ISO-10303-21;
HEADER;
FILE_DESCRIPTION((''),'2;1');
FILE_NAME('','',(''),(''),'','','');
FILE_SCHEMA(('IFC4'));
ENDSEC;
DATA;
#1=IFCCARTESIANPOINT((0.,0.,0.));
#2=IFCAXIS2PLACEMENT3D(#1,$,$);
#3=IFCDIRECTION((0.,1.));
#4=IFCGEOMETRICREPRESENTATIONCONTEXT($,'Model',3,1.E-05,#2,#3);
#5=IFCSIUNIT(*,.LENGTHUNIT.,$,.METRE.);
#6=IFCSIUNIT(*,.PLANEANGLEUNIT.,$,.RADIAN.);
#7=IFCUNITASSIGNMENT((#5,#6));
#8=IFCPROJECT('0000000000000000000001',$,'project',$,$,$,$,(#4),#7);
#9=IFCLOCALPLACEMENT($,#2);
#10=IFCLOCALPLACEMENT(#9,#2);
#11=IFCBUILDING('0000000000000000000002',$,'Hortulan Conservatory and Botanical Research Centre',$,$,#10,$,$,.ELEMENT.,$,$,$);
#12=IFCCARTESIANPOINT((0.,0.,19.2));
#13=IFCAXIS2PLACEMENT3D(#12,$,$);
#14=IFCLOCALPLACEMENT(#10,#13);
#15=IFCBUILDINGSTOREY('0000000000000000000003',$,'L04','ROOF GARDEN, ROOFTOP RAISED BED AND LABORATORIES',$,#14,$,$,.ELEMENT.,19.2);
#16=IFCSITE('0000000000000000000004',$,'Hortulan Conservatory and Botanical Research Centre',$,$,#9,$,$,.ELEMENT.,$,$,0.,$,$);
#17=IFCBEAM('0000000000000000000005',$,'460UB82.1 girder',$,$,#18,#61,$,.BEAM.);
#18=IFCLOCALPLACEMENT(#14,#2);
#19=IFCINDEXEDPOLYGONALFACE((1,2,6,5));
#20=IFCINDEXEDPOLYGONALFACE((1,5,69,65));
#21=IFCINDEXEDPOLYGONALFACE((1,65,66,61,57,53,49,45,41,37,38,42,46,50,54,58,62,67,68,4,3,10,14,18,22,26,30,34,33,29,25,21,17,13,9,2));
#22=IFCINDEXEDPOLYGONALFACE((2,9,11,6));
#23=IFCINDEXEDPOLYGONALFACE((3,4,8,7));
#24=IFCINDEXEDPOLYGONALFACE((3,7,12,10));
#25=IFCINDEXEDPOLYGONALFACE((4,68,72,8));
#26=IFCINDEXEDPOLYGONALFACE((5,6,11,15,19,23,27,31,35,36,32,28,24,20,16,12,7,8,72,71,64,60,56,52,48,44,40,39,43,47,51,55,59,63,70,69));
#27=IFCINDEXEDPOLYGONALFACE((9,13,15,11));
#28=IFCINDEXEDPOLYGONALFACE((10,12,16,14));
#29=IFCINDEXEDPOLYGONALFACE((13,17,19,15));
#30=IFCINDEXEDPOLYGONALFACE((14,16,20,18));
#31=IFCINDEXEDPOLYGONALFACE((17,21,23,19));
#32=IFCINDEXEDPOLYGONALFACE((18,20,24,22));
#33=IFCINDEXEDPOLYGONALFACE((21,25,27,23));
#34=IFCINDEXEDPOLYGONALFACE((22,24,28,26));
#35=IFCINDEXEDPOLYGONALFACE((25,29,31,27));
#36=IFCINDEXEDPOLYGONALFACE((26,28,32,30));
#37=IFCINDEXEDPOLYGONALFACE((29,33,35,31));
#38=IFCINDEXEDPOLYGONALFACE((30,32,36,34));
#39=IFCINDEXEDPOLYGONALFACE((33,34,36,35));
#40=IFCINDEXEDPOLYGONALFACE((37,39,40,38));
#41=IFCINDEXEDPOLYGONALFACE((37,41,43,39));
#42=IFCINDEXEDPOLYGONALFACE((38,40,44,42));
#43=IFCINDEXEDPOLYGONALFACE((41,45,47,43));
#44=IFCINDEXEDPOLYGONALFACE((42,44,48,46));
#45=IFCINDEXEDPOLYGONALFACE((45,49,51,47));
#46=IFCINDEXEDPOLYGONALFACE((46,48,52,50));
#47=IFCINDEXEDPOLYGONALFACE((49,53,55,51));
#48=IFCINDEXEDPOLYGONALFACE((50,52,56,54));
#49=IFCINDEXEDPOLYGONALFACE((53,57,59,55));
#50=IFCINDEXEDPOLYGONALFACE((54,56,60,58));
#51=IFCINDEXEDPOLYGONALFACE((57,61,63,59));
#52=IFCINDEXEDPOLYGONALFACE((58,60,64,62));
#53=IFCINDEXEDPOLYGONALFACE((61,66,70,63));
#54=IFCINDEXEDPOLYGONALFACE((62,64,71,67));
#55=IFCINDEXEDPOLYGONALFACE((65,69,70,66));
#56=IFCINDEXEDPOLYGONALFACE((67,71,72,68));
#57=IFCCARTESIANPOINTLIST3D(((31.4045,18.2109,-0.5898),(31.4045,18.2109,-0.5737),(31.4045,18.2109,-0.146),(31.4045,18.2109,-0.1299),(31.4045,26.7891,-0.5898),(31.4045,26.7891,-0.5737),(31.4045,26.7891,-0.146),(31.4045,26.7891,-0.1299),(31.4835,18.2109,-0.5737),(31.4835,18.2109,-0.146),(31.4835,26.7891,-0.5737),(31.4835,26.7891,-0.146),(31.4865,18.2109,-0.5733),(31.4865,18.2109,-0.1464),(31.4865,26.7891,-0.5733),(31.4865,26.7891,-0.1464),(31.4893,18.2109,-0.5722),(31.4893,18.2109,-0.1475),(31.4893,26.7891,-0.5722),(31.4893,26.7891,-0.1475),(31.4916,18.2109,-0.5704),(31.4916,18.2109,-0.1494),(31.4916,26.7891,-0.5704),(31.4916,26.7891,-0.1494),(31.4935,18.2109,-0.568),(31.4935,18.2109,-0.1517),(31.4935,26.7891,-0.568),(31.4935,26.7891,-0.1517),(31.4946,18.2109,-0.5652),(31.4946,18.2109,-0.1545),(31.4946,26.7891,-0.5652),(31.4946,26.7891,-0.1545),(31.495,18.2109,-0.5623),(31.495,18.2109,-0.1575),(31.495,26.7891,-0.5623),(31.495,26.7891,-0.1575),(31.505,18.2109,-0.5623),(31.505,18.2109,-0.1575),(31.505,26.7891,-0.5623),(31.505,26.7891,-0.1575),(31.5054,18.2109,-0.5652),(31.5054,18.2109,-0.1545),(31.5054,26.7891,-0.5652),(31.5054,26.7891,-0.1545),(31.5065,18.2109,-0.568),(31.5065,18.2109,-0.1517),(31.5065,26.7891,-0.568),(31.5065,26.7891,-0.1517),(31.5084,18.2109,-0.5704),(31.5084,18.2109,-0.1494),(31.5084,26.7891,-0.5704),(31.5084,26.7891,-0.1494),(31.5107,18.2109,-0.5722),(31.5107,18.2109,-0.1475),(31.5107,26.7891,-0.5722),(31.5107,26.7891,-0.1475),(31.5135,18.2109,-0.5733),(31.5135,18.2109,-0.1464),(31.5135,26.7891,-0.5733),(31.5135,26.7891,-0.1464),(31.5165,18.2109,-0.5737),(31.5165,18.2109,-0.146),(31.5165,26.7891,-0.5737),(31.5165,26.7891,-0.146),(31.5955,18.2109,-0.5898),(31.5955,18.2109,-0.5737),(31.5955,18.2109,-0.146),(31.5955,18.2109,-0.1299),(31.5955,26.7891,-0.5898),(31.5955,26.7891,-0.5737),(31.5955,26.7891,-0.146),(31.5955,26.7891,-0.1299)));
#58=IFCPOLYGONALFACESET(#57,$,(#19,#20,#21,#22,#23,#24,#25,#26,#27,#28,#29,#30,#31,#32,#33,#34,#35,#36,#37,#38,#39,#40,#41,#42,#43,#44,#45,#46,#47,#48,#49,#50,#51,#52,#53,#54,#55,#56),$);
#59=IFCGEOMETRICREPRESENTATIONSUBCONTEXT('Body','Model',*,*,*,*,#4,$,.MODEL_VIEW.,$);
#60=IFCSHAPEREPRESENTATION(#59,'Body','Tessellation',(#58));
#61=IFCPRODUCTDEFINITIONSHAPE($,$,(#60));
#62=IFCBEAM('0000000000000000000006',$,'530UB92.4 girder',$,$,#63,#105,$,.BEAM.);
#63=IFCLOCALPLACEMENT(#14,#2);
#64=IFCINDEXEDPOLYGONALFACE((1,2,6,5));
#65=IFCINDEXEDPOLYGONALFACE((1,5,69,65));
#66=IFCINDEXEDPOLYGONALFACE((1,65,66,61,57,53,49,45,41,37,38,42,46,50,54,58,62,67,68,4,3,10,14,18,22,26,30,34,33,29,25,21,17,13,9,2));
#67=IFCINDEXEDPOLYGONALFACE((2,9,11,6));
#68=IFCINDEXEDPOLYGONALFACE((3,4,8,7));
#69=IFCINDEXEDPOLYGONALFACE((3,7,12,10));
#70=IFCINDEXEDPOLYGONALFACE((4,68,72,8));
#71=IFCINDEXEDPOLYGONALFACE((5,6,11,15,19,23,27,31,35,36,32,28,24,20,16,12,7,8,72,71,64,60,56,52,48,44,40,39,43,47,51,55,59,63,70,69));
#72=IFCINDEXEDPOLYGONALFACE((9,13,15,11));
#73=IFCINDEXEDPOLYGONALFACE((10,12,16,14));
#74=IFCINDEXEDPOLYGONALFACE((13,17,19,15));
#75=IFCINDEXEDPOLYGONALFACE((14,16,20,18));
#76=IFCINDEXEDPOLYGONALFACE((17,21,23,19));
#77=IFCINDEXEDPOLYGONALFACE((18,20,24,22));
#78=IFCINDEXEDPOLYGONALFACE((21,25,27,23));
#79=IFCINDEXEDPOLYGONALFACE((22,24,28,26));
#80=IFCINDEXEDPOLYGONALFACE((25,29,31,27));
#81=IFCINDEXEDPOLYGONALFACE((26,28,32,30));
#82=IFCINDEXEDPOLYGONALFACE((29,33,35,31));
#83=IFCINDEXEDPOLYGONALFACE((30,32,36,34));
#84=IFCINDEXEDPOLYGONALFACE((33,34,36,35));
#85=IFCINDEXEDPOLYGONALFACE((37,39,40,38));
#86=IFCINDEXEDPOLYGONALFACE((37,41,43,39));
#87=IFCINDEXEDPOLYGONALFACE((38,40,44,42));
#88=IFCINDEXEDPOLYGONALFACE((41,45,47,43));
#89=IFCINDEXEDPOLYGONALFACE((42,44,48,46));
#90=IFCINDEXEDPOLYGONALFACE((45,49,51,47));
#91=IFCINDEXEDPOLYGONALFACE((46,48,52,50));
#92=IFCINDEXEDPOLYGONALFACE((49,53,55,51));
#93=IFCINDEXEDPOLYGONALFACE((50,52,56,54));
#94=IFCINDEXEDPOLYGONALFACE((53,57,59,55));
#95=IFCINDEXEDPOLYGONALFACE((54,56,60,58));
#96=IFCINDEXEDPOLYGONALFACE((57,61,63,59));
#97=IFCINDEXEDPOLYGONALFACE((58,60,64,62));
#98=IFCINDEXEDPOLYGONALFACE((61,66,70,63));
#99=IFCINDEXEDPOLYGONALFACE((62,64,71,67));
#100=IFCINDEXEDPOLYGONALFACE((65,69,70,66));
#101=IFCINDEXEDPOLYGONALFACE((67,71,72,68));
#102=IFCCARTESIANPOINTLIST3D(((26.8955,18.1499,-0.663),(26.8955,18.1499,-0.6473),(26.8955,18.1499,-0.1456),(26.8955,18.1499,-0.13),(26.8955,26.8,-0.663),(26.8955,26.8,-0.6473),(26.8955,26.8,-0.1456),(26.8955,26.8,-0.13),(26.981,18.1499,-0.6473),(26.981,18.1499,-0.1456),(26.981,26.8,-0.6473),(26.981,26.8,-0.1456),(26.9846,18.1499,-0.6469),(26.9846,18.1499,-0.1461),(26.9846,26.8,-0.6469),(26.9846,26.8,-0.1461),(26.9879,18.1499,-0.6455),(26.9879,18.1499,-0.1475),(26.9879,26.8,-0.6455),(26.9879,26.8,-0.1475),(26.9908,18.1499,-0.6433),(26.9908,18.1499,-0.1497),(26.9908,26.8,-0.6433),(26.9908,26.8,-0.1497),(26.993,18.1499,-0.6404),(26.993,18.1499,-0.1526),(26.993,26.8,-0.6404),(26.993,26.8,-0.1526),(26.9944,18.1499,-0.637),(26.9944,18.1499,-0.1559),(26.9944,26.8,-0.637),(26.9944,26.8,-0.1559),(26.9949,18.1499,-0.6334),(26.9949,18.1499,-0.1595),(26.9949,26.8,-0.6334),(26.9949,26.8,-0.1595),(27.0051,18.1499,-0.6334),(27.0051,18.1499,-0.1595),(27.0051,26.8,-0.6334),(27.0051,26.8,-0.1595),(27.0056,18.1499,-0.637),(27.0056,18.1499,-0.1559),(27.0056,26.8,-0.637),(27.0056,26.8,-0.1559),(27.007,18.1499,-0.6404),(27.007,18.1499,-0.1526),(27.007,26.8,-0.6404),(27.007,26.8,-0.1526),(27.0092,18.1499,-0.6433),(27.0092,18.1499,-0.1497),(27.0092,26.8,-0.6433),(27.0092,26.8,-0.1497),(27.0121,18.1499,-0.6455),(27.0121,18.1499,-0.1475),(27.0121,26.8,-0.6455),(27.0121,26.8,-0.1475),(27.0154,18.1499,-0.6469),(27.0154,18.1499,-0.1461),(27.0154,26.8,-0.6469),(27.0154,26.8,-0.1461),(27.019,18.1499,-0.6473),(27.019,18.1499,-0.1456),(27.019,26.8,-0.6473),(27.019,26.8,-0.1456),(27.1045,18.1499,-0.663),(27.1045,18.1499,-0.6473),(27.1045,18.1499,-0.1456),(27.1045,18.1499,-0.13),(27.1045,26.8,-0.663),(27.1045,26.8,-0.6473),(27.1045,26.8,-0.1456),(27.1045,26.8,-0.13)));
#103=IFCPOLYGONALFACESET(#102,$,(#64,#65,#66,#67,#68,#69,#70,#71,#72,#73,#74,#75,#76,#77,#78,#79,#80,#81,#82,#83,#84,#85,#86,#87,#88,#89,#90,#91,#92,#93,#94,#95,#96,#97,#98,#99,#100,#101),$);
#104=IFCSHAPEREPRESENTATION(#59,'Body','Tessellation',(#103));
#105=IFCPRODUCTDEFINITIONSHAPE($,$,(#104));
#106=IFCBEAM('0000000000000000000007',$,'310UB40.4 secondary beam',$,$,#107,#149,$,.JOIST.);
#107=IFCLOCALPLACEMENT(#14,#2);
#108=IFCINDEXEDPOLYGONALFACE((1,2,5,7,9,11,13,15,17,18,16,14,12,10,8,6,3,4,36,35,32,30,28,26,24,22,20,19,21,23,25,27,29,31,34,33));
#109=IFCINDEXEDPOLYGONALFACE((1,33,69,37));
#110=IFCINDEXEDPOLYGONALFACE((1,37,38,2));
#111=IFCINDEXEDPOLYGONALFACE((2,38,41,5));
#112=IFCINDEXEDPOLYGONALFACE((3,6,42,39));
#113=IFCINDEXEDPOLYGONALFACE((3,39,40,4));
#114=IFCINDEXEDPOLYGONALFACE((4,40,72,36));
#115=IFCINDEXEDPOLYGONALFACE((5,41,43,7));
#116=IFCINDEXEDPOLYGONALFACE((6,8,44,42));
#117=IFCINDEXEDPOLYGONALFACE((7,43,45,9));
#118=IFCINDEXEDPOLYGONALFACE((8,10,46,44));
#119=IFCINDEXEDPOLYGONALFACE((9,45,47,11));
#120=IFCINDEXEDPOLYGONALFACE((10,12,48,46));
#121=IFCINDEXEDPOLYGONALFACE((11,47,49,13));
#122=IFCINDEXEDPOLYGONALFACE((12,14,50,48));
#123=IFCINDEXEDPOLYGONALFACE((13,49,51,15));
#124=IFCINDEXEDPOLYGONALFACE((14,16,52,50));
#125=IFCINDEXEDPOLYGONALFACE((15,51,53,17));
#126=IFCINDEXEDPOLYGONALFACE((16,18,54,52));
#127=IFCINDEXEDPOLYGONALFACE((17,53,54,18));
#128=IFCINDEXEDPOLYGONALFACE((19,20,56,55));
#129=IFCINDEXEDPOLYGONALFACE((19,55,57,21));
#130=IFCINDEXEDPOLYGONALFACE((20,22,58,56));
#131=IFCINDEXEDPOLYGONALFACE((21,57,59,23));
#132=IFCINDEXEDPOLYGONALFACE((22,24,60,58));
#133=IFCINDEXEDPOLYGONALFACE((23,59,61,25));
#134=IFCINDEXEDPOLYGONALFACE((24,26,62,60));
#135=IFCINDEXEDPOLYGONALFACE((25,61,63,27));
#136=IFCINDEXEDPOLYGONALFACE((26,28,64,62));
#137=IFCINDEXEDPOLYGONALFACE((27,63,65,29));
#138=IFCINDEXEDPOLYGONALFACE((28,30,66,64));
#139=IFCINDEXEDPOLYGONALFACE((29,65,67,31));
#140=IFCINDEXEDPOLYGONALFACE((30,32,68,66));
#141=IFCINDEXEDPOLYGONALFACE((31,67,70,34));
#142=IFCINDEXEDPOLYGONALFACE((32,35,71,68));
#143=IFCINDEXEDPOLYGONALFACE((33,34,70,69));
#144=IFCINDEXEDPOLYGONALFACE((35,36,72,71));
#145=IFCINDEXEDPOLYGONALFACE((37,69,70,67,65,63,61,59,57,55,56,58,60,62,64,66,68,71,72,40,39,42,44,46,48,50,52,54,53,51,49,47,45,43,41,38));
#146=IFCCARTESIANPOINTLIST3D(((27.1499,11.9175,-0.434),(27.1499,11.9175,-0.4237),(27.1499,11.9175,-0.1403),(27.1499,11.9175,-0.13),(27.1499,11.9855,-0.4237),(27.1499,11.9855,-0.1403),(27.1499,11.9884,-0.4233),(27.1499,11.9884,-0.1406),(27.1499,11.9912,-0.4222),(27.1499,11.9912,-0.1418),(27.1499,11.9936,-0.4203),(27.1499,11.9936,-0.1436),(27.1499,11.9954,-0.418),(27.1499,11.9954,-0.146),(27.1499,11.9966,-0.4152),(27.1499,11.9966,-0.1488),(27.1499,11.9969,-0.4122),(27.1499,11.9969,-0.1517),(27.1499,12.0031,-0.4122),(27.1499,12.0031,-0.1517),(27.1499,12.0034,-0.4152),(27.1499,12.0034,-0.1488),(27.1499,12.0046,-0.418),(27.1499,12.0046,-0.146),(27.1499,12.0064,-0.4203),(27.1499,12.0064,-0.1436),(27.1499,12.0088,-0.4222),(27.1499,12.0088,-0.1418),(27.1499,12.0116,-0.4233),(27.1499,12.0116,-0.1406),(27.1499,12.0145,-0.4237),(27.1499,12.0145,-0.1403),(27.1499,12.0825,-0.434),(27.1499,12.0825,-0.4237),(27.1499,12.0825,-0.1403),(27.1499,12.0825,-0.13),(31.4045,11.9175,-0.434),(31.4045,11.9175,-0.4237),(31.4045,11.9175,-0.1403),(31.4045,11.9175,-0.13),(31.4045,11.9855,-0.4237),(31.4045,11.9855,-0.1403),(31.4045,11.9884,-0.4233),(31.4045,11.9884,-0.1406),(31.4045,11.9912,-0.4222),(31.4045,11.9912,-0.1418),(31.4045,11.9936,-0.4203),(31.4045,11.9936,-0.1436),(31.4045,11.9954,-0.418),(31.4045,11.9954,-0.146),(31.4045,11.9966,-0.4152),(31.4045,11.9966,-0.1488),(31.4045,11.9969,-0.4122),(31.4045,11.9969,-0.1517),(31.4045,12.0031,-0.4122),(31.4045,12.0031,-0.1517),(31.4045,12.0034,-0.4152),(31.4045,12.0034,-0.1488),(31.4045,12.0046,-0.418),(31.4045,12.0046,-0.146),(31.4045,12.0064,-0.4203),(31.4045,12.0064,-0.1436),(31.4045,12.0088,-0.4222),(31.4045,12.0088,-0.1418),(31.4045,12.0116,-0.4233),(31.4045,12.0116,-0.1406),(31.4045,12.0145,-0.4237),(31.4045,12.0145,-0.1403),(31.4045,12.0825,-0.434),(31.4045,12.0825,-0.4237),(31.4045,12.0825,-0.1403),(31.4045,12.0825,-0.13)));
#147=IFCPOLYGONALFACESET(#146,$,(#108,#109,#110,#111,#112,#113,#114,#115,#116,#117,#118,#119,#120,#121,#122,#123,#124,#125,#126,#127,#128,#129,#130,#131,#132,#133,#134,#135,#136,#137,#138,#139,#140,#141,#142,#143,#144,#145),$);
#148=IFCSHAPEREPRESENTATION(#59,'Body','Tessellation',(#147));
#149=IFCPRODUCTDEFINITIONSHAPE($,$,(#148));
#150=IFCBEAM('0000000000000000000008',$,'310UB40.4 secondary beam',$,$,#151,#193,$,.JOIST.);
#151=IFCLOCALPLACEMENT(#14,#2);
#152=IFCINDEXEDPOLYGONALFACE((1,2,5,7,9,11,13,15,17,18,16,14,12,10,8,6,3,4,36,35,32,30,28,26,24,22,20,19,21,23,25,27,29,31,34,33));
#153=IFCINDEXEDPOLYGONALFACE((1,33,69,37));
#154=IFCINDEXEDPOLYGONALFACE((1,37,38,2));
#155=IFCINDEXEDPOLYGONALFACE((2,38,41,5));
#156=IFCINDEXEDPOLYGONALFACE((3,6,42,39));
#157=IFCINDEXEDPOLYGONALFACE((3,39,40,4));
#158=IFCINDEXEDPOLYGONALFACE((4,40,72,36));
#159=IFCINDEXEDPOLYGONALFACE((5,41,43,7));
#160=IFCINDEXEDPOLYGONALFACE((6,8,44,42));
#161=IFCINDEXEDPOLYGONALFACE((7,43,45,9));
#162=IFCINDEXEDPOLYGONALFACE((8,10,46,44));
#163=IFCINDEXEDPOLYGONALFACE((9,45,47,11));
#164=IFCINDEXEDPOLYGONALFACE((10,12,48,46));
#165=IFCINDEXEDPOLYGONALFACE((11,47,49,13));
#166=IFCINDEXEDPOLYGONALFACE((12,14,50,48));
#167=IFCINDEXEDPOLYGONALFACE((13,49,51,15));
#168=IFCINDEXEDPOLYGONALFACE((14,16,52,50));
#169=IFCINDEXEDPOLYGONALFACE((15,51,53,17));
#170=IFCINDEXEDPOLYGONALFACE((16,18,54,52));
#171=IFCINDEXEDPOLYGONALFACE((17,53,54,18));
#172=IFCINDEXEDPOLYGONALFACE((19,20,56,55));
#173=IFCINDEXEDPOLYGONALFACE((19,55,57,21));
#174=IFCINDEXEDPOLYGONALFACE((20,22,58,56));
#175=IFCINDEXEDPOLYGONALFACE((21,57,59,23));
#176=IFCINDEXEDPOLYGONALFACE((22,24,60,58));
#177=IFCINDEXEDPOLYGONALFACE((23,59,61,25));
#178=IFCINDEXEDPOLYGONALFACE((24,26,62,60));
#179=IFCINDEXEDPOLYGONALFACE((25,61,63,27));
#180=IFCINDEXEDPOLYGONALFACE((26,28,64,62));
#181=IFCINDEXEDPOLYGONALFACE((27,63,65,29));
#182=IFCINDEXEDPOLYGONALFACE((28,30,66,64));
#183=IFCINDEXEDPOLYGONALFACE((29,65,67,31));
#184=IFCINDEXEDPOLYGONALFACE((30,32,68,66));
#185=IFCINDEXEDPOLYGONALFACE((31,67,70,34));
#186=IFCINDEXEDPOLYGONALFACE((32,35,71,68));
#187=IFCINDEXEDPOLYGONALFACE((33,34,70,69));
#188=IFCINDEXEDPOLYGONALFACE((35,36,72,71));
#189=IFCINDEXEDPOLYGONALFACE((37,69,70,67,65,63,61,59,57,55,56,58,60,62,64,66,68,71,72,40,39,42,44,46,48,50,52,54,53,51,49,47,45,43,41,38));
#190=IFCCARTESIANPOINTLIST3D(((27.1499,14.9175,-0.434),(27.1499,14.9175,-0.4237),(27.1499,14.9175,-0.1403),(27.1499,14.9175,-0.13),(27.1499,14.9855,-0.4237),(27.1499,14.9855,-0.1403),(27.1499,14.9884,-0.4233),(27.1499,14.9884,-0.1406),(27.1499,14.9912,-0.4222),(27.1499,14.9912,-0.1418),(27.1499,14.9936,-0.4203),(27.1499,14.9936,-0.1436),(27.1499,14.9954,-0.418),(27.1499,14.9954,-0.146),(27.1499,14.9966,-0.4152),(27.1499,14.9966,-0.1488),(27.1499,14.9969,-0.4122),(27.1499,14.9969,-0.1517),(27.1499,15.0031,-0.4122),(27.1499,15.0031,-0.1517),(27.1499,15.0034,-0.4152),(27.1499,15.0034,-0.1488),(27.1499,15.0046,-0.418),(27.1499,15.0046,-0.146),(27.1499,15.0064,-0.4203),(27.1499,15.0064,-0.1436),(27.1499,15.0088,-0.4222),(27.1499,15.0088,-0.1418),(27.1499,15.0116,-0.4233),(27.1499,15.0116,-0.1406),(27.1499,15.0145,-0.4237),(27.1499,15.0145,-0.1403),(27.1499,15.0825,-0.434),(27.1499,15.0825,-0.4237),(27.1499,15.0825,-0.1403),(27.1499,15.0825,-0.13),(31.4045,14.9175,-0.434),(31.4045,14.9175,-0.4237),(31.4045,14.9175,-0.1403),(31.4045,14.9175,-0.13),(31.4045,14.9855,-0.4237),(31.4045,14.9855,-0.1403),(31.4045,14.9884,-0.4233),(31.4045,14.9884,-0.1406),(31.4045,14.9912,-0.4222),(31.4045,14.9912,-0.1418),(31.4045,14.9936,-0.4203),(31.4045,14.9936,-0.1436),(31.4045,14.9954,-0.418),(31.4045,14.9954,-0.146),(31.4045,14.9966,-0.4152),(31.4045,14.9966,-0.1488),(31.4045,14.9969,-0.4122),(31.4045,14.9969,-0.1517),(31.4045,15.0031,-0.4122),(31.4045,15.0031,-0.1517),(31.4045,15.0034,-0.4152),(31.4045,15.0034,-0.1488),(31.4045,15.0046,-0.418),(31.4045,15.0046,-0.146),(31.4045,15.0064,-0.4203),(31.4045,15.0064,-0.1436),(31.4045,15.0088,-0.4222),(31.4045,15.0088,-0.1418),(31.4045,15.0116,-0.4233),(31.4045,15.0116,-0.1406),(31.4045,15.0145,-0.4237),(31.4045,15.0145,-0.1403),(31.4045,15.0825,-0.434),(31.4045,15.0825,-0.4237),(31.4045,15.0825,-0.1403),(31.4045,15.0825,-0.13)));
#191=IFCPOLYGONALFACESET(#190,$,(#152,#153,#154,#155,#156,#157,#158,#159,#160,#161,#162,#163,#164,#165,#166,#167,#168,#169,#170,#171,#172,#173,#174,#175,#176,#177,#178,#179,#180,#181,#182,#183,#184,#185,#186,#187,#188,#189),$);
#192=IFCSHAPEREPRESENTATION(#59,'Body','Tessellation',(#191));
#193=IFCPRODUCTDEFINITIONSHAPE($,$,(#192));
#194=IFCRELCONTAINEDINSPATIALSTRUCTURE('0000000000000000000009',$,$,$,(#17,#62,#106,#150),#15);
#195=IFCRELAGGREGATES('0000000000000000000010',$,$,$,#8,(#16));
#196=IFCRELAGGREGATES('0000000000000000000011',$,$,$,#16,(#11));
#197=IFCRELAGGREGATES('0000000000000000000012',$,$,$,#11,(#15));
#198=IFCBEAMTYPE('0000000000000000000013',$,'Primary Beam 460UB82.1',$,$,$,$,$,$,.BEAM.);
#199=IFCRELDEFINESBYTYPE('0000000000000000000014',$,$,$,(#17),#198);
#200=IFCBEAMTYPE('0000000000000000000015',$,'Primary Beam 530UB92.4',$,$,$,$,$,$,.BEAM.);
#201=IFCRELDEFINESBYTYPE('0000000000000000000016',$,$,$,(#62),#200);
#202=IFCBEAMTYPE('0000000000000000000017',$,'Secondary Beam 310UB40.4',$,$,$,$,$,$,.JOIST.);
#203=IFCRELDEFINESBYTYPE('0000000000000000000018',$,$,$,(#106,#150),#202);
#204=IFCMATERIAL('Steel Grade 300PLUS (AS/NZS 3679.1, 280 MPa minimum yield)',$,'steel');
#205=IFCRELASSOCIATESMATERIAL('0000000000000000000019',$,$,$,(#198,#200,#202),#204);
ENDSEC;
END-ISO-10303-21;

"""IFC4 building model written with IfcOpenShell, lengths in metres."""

from ifc_helpers import new_model, si_unit, direction, frame, origin, origin_2d, place, context, subcontext, project, spatial, i_section, extrude, material, material_profile, profile_set, type_object, element, save


model = new_model("IFC4")

# Units and contexts
model_context = context("Model", 3, precision=1e-05, world=origin(), true_north=direction((0.0, 1.0)))
body_context = subcontext(model_context, "Body", "Model", "MODEL_VIEW")
ifc_project = project(units=[si_unit("LENGTHUNIT", "METRE"), si_unit("PLANEANGLEUNIT", "RADIAN")], contexts=[model_context])

# Site, building, storey
site_placement = place(None, origin())
site = spatial("IfcSite", under=ifc_project, at=site_placement, Name="Hortulan Conservatory and Botanical Research Centre", CompositionType="ELEMENT", RefElevation=0.0)
building_placement = place(site_placement, origin())
building = spatial("IfcBuilding", under=site, at=building_placement, Name="Hortulan Conservatory and Botanical Research Centre", CompositionType="ELEMENT")
storey_placement = place(building_placement, frame((0.0, 0.0, 19.2)))
storey = spatial("IfcBuildingStorey", under=building, at=storey_placement, Name="L04", Description="ROOF GARDEN, ROOFTOP RAISED BED AND LABORATORIES", CompositionType="ELEMENT", Elevation=19.2)

# Shared definitions
ifc_material_1 = material(Name="Steel Grade 300PLUS (AS/NZS 3679.1, 280 MPa minimum yield)", Category="steel")

# Beams
ifc_material_profile_1 = material_profile(ifc_material_1, i_section(OverallWidth=0.1909, OverallDepth=0.46, WebThickness=0.01, FlangeThickness=0.0161, FilletRadius=0.0115, at=origin_2d()), Name="460UB82.1")
ifc_profile_set_1 = profile_set([ifc_material_profile_1], Name="Steel Grade 300PLUS (AS/NZS 3679.1, 280 MPa minimum yield)")
beam_type_1 = type_object("IfcBeamType", Name="Primary Beam 460UB82.1", PredefinedType="BEAM", material=ifc_profile_set_1)
beam_1_placement = place(storey_placement, frame((31.5, 18.2109, -0.3599), z_axis=(0.0, 1.0, 0.0), x_axis=(-1.0, 0.0, 0.0)))
element("IfcBeam", 1, at=beam_1_placement, inside=storey, type_object=beam_type_1, Name="460UB82.1 girder", PredefinedType="BEAM", context=body_context, shape_type="SweptSolid", body=[
    extrude(i_section(OverallWidth=0.1909, OverallDepth=0.46, WebThickness=0.01, FlangeThickness=0.0161, FilletRadius=0.0115, at=origin_2d()), origin(), (0.0, 0.0, 1.0), 8.5781),
])
ifc_material_profile_2 = material_profile(ifc_material_1, i_section(OverallWidth=0.209, OverallDepth=0.533, WebThickness=0.0103, FlangeThickness=0.0156, FilletRadius=0.0139, at=origin_2d()), Name="530UB92.4")
ifc_profile_set_2 = profile_set([ifc_material_profile_2], Name="Steel Grade 300PLUS (AS/NZS 3679.1, 280 MPa minimum yield)")
beam_type_2 = type_object("IfcBeamType", Name="Primary Beam 530UB92.4", PredefinedType="BEAM", material=ifc_profile_set_2)
beam_2_placement = place(storey_placement, frame((27.0, 18.1499, -0.3965), z_axis=(0.0, 1.0, 0.0), x_axis=(-1.0, 0.0, 0.0)))
element("IfcBeam", 2, at=beam_2_placement, inside=storey, type_object=beam_type_2, Name="530UB92.4 girder", PredefinedType="BEAM", context=body_context, shape_type="SweptSolid", body=[
    extrude(i_section(OverallWidth=0.209, OverallDepth=0.533, WebThickness=0.0103, FlangeThickness=0.0156, FilletRadius=0.0139, at=origin_2d()), origin(), (0.0, 0.0, 1.0), 8.6501),
])
ifc_material_profile_3 = material_profile(ifc_material_1, i_section(OverallWidth=0.165, OverallDepth=0.304, WebThickness=0.0061, FlangeThickness=0.0103, FilletRadius=0.0115, at=origin_2d()), Name="310UB40.4")
ifc_profile_set_3 = profile_set([ifc_material_profile_3], Name="Steel Grade 300PLUS (AS/NZS 3679.1, 280 MPa minimum yield)")
beam_type_3 = type_object("IfcBeamType", Name="Secondary Beam 310UB40.4", PredefinedType="JOIST", material=ifc_profile_set_3)
for number, where, z_axis, x_axis, name in (
    (3, (27.1499, 12.0, -0.282), (1.0, 0.0, 0.0), (0.0, 1.0, 0.0), "310UB40.4 secondary beam"),
    (4, (27.1499, 15.0, -0.282), (1.0, 0.0, 0.0), (0.0, 1.0, 0.0), "310UB40.4 secondary beam"),
):
    element("IfcBeam", number, at=place(storey_placement, frame(where, z_axis=z_axis, x_axis=x_axis)), inside=storey, type_object=beam_type_3, Name=name, PredefinedType="JOIST", context=body_context, shape_type="SweptSolid", body=[
        extrude(i_section(OverallWidth=0.165, OverallDepth=0.304, WebThickness=0.0061, FlangeThickness=0.0103, FilletRadius=0.0115, at=origin_2d()), origin(), (0.0, 0.0, 1.0), 4.2546),
    ])

save(model, "model.ifc")
